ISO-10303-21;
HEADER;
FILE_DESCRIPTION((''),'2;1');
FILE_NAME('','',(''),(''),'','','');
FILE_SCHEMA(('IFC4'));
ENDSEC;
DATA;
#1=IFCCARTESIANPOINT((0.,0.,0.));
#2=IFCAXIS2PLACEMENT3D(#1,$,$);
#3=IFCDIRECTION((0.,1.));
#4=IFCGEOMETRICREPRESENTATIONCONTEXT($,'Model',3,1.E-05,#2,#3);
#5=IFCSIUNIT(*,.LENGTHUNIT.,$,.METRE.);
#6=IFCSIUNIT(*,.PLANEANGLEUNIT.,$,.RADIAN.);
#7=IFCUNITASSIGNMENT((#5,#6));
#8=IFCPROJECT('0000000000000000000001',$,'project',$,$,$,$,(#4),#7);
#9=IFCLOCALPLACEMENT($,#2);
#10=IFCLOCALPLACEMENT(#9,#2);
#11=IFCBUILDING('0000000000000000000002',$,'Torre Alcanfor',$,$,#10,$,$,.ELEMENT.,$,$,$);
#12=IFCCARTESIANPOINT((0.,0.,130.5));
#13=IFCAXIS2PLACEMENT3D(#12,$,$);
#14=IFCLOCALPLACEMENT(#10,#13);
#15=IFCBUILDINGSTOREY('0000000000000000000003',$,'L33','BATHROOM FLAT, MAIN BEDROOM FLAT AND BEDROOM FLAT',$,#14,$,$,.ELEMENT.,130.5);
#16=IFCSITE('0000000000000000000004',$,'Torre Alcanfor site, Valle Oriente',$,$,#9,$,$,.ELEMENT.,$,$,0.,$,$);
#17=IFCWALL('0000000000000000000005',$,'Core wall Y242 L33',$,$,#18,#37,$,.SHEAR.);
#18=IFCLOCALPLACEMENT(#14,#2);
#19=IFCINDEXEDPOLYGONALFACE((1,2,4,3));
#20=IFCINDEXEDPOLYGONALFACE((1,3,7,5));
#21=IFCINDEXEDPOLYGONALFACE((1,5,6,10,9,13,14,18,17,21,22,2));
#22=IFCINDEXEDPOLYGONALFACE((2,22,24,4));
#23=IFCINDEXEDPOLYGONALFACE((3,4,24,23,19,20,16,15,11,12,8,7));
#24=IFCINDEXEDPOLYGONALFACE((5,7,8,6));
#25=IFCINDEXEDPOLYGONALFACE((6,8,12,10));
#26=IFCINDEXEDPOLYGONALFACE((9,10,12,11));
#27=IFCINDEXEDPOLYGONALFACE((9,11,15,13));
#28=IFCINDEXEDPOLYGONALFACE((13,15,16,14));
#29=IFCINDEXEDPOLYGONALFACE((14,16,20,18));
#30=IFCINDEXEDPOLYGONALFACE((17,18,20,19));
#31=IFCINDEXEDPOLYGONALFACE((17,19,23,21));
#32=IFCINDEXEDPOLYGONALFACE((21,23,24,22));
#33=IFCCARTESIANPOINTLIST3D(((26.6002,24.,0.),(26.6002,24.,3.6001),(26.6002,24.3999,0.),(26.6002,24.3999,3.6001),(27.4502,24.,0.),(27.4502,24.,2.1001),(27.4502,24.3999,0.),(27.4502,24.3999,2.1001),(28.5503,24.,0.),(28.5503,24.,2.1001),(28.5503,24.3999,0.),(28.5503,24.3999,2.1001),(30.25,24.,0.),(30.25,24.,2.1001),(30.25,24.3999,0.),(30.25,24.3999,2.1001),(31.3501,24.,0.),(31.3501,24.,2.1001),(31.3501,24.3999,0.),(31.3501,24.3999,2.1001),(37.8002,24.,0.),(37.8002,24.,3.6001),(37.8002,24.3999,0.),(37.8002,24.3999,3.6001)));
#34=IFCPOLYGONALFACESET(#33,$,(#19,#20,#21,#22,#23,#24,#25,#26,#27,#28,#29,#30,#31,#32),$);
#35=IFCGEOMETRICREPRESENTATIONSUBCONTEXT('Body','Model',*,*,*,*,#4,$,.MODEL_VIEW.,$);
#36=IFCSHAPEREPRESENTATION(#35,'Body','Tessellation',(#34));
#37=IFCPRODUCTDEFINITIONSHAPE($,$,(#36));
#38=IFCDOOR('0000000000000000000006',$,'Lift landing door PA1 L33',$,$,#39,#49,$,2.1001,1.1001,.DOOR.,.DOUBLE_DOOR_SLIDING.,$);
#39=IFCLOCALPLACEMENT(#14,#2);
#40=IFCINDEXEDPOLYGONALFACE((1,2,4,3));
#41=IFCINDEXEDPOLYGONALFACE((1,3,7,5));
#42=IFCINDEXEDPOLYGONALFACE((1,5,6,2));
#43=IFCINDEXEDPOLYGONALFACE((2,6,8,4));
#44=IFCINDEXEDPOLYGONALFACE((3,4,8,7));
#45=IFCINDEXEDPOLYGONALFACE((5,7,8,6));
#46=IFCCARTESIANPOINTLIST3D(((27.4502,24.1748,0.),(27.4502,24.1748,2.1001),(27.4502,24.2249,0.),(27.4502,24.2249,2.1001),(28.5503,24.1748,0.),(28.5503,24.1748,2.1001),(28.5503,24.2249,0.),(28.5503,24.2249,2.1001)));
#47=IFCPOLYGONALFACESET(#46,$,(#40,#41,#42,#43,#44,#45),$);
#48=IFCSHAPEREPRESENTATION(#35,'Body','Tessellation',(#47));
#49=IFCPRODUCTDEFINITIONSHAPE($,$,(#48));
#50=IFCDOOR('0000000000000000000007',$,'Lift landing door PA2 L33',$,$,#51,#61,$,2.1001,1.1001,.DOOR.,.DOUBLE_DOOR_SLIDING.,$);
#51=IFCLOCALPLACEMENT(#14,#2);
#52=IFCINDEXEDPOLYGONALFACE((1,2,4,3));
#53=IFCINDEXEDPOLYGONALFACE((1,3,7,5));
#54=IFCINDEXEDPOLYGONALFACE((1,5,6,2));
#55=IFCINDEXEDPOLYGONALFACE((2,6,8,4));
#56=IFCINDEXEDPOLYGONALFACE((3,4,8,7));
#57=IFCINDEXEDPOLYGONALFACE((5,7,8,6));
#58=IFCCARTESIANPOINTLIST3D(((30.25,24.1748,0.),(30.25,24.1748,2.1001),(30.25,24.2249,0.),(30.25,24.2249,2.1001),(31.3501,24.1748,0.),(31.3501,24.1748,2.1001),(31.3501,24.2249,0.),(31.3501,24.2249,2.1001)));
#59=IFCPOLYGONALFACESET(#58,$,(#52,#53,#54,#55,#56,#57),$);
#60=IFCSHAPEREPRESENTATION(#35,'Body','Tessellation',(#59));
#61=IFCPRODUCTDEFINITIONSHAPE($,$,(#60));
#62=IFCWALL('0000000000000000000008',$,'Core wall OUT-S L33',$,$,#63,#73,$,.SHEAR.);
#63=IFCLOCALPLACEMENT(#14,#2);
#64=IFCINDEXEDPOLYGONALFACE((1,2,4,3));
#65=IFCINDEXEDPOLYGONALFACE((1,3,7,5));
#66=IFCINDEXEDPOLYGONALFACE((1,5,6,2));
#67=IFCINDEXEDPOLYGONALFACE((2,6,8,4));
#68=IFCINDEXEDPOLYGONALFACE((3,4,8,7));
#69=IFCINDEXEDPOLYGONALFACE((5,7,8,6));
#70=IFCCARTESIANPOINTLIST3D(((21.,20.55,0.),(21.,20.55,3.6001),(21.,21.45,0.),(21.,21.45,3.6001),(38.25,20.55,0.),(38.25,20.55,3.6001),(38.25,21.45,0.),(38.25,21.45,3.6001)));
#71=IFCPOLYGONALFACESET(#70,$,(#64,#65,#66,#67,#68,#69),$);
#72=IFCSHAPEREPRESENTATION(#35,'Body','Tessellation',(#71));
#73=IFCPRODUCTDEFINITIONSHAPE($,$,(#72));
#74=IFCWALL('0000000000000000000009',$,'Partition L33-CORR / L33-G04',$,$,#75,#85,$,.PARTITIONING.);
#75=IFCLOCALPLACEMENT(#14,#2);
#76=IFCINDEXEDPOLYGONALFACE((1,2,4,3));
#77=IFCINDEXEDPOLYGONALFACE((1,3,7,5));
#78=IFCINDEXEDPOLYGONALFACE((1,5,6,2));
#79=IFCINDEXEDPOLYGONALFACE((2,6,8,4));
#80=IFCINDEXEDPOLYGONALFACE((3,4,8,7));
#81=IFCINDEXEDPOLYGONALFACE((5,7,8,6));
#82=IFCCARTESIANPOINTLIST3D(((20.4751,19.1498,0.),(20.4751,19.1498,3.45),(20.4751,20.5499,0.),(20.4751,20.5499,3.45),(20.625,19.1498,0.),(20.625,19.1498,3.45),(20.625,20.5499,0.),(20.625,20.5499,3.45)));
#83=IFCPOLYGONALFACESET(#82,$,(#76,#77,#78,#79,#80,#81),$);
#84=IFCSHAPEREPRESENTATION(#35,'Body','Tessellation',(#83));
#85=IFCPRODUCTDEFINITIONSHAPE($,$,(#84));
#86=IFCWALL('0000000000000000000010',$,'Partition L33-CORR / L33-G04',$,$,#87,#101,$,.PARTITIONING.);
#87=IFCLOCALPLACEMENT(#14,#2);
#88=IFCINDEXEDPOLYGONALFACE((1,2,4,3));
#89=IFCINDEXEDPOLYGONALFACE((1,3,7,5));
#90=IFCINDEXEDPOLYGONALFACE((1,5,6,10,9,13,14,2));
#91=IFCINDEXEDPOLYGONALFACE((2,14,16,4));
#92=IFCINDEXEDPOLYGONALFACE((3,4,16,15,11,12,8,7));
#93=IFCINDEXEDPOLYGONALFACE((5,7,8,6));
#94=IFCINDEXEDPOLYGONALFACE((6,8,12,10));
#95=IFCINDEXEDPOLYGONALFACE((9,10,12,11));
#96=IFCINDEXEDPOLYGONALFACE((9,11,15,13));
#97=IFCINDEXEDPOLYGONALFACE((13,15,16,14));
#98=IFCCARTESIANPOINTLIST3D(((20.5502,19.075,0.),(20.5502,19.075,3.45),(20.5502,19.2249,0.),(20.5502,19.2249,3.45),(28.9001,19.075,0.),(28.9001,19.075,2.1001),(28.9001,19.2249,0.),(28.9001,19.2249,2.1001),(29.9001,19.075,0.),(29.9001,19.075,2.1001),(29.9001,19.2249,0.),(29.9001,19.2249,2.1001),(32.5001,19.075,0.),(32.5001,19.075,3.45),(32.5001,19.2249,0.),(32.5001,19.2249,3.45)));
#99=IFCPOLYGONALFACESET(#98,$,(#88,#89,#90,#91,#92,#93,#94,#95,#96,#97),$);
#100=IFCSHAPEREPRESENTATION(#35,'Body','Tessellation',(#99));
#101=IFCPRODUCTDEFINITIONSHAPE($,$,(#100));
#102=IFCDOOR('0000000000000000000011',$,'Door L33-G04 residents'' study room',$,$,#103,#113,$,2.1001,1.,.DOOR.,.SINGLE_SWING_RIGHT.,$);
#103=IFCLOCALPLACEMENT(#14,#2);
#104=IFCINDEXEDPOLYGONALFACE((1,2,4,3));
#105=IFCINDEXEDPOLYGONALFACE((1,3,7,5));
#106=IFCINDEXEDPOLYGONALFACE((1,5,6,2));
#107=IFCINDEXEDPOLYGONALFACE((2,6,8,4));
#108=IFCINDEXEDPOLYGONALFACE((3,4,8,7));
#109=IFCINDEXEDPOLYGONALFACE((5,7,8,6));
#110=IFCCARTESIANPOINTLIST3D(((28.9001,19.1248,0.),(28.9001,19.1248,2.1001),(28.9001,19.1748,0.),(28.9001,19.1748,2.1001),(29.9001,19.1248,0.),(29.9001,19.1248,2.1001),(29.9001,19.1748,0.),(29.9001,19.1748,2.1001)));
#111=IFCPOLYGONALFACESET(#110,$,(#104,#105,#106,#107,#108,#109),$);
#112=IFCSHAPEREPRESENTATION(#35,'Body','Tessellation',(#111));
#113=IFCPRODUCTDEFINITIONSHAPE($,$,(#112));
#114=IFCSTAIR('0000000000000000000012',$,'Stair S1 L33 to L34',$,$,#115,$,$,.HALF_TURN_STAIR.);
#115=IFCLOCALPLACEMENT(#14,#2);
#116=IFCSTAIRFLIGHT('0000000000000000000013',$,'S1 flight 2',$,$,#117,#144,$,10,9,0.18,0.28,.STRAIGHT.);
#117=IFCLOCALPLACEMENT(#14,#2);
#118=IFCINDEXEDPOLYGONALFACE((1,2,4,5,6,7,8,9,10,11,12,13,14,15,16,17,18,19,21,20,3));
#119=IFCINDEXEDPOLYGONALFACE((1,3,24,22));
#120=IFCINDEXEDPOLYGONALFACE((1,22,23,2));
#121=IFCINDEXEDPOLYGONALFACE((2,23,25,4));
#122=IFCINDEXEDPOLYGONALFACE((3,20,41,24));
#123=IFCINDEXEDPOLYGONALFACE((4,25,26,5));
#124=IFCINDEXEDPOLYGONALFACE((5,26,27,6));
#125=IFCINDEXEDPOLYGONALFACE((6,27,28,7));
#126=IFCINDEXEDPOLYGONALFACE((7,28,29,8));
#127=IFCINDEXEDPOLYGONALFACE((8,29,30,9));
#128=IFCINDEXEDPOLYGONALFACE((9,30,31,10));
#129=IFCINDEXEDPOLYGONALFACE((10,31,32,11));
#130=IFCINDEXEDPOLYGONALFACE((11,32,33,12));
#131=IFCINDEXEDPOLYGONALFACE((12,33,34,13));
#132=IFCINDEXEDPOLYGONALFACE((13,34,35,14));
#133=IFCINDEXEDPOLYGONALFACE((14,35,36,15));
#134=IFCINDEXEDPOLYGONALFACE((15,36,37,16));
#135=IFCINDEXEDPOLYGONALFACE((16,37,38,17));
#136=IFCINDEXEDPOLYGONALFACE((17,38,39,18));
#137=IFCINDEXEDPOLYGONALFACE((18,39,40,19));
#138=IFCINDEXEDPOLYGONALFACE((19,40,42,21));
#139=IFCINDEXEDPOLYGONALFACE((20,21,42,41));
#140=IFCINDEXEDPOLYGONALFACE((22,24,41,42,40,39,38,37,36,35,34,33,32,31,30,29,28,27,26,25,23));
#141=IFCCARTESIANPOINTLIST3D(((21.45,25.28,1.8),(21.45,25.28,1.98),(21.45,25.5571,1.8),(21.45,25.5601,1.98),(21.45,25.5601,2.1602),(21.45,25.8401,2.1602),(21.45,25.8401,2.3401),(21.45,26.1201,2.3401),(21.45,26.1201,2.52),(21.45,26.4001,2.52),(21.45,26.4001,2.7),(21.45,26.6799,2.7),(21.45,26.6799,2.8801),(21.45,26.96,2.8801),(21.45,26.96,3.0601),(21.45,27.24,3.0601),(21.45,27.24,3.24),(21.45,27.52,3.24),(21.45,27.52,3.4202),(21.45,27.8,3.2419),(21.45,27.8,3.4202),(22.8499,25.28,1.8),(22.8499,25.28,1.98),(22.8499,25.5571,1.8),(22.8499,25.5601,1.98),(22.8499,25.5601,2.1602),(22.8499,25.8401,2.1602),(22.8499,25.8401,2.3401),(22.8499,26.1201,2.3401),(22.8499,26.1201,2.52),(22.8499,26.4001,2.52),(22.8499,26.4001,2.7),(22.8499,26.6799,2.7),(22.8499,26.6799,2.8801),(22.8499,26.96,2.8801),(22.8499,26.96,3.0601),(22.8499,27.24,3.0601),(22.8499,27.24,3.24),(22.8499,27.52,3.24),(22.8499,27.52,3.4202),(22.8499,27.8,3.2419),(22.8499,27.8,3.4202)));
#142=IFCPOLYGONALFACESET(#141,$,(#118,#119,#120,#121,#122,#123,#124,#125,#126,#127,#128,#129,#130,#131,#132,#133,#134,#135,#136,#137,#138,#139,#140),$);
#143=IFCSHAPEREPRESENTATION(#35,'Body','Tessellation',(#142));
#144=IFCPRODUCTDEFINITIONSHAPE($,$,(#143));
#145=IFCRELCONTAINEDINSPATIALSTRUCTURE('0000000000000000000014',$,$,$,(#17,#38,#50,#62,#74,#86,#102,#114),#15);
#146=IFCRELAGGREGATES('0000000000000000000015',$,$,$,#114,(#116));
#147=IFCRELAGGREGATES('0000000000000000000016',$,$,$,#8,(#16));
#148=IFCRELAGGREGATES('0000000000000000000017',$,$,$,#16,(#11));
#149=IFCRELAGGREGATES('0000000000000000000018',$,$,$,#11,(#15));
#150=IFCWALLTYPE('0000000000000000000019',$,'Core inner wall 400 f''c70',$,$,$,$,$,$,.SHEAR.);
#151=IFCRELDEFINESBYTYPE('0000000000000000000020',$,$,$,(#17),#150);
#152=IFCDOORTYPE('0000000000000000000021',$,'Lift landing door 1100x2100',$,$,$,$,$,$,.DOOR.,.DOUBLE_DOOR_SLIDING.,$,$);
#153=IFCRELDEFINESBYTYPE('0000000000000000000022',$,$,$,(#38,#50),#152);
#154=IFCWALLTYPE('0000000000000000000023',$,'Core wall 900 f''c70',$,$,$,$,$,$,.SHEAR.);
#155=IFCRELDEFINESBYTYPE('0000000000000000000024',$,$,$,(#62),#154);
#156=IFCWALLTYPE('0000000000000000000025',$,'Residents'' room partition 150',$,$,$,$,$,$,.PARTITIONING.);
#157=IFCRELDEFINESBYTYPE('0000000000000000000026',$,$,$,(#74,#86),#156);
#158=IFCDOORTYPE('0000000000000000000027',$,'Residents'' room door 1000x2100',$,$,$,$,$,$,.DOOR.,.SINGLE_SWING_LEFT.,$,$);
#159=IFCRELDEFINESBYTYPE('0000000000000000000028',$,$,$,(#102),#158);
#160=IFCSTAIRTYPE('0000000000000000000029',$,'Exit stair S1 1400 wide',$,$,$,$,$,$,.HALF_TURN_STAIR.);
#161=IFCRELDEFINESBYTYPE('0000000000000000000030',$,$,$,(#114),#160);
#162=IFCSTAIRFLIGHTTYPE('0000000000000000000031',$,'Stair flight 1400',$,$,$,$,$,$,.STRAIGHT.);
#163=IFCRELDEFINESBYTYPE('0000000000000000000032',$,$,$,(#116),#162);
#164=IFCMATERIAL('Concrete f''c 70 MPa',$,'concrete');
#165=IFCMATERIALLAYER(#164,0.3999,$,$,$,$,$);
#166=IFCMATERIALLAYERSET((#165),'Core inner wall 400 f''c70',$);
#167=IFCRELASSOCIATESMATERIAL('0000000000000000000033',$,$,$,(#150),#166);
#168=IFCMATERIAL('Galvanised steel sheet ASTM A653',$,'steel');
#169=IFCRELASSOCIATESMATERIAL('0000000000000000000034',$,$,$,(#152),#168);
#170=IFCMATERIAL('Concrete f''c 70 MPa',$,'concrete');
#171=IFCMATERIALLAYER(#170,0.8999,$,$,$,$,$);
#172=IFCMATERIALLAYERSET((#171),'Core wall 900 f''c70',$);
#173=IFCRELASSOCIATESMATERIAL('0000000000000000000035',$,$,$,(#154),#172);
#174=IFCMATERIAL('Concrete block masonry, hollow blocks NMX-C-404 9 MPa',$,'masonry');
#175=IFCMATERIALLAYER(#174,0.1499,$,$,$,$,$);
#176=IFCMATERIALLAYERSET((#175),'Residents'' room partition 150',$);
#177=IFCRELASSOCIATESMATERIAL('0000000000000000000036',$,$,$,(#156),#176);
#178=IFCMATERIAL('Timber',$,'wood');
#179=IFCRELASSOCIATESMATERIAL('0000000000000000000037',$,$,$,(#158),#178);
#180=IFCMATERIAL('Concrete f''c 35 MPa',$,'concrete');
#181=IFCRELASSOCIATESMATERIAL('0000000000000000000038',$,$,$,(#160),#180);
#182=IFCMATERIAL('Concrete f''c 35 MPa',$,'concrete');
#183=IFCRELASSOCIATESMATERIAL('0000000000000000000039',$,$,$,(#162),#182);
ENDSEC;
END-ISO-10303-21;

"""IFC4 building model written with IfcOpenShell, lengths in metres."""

from ifc_helpers import new_model, si_unit, direction, frame, frame_2d, origin, place, context, subcontext, project, spatial, polyline, rectangle, outline, extrude, material, layer, layer_set, type_object, element, fill, aggregate, save


model = new_model("IFC4")

# Units and contexts
model_context = context("Model", 3, precision=1e-05, world=origin(), true_north=direction((0.0, 1.0)))
body_context = subcontext(model_context, "Body", "Model", "MODEL_VIEW")
ifc_project = project(units=[si_unit("LENGTHUNIT", "METRE"), si_unit("PLANEANGLEUNIT", "RADIAN")], contexts=[model_context])

# Site, building, storey
site_placement = place(None, origin())
site = spatial("IfcSite", under=ifc_project, at=site_placement, Name="Torre Alcanfor site, Valle Oriente", CompositionType="ELEMENT", RefElevation=0.0)
building_placement = place(site_placement, origin())
building = spatial("IfcBuilding", under=site, at=building_placement, Name="Torre Alcanfor", CompositionType="ELEMENT")
storey_placement = place(building_placement, frame((0.0, 0.0, 130.5)))
storey = spatial("IfcBuildingStorey", under=building, at=storey_placement, Name="L33", Description="BATHROOM FLAT, MAIN BEDROOM FLAT AND BEDROOM FLAT", CompositionType="ELEMENT", Elevation=130.5)

# Shared definitions
ifc_material_1 = material(Name="Concrete f'c 70 MPa", Category="concrete")
ifc_layer_1 = layer(ifc_material_1, 0.3999)
ifc_layer_set_1 = layer_set([ifc_layer_1], Name="Core inner wall 400 f'c70")
wall_type_1 = type_object("IfcWallType", Name="Core inner wall 400 f'c70", PredefinedType="SHEAR", material=ifc_layer_set_1)

# Wall, openings, doors
wall_1_placement = place(storey_placement, frame((26.6001, 24.2, 0.0), z_axis=(0.0, 0.0, 1.0), x_axis=(1.0, 0.0, 0.0)))
wall_1 = element("IfcWall", 1, at=wall_1_placement, inside=storey, type_object=wall_type_1, Name="Core wall Y242 L33", PredefinedType="SHEAR", context=body_context, shape_type="SweptSolid", body=[
    extrude(rectangle(XDim=11.2, YDim=0.3999, at=frame_2d((5.6001, 0.0))), origin(), (0.0, 0.0, 1.0), 3.6001),
])
opening_1_placement = place(wall_1_placement, frame((0.8501, 0.0, 0.0)))
opening_1 = element("IfcOpeningElement", 2, at=opening_1_placement, cuts=wall_1, PredefinedType="OPENING", context=body_context, shape_type="SweptSolid", body=[
    extrude(rectangle(XDim=1.1001, YDim=2.1001, at=frame_2d((0.55, 1.05))), frame((0.0, 0.21, 0.0), z_axis=(0.0, -1.0, 0.0), x_axis=(1.0, 0.0, 0.0)), (0.0, 0.0, 1.0), 0.4199),
])
opening_2_placement = place(wall_1_placement, frame((3.6499, 0.0, 0.0)))
opening_2 = element("IfcOpeningElement", 3, at=opening_2_placement, cuts=wall_1, PredefinedType="OPENING", context=body_context, shape_type="SweptSolid", body=[
    extrude(rectangle(XDim=1.1001, YDim=2.1001, at=frame_2d((0.55, 1.05))), frame((0.0, 0.21, 0.0), z_axis=(0.0, -1.0, 0.0), x_axis=(1.0, 0.0, 0.0)), (0.0, 0.0, 1.0), 0.4199),
])
ifc_material_2 = material(Name="Galvanised steel sheet ASTM A653", Category="steel")
door_type_1 = type_object("IfcDoorType", Name="Lift landing door 1100x2100", OperationType="DOUBLE_DOOR_SLIDING", PredefinedType="DOOR", material=ifc_material_2)
door_1_placement = place(opening_1_placement, origin())
door_1 = element("IfcDoor", 4, at=door_1_placement, inside=storey, type_object=door_type_1, Name="Lift landing door PA1 L33", OperationType="DOUBLE_DOOR_SLIDING", OverallHeight=2.1001, OverallWidth=1.1001, PredefinedType="DOOR", context=body_context, shape_type="SweptSolid", body=[
    extrude(rectangle(XDim=1.1001, YDim=2.1001, at=frame_2d((0.55, 1.05))), frame((0.0, 0.0249, 0.0), z_axis=(0.0, -1.0, 0.0), x_axis=(1.0, 0.0, 0.0)), (0.0, 0.0, 1.0), 0.05),
])
fill(opening_1, door_1)
door_2_placement = place(opening_2_placement, origin())
door_2 = element("IfcDoor", 5, at=door_2_placement, inside=storey, type_object=door_type_1, Name="Lift landing door PA2 L33", OperationType="DOUBLE_DOOR_SLIDING", OverallHeight=2.1001, OverallWidth=1.1001, PredefinedType="DOOR", context=body_context, shape_type="SweptSolid", body=[
    extrude(rectangle(XDim=1.1001, YDim=2.1001, at=frame_2d((0.55, 1.05))), frame((0.0, 0.0249, 0.0), z_axis=(0.0, -1.0, 0.0), x_axis=(1.0, 0.0, 0.0)), (0.0, 0.0, 1.0), 0.05),
])
fill(opening_2, door_2)

# Walls
ifc_material_3 = material(Name="Concrete f'c 70 MPa", Category="concrete")
ifc_layer_2 = layer(ifc_material_3, 0.8999)
ifc_layer_set_2 = layer_set([ifc_layer_2], Name="Core wall 900 f'c70")
wall_type_2 = type_object("IfcWallType", Name="Core wall 900 f'c70", PredefinedType="SHEAR", material=ifc_layer_set_2)
wall_2_placement = place(storey_placement, frame((21.0, 21.0, 0.0), z_axis=(0.0, 0.0, 1.0), x_axis=(1.0, 0.0, 0.0)))
element("IfcWall", 6, at=wall_2_placement, inside=storey, type_object=wall_type_2, Name="Core wall OUT-S L33", PredefinedType="SHEAR", context=body_context, shape_type="SweptSolid", body=[
    extrude(rectangle(XDim=17.25, YDim=0.8999, at=frame_2d((8.625, 0.0))), origin(), (0.0, 0.0, 1.0), 3.6001),
])
ifc_material_4 = material(Name="Concrete block masonry, hollow blocks NMX-C-404 9 MPa", Category="masonry")
ifc_layer_3 = layer(ifc_material_4, 0.1499)
ifc_layer_set_3 = layer_set([ifc_layer_3], Name="Residents' room partition 150")
wall_type_3 = type_object("IfcWallType", Name="Residents' room partition 150", PredefinedType="PARTITIONING", material=ifc_layer_set_3)
wall_3_placement = place(storey_placement, frame((20.55, 20.55, 0.0), z_axis=(0.0, 0.0, 1.0), x_axis=(0.0, -1.0, 0.0)))
element("IfcWall", 7, at=wall_3_placement, inside=storey, type_object=wall_type_3, Name="Partition L33-CORR / L33-G04", PredefinedType="PARTITIONING", context=body_context, shape_type="SweptSolid", body=[
    extrude(rectangle(XDim=1.4001, YDim=0.1499, at=frame_2d((0.7002, 0.0))), origin(), (0.0, 0.0, 1.0), 3.45),
])

# Wall, opening, door
wall_4_placement = place(storey_placement, frame((20.55, 19.1499, 0.0), z_axis=(0.0, 0.0, 1.0), x_axis=(1.0, 0.0, 0.0)))
wall_4 = element("IfcWall", 8, at=wall_4_placement, inside=storey, type_object=wall_type_3, Name="Partition L33-CORR / L33-G04", PredefinedType="PARTITIONING", context=body_context, shape_type="SweptSolid", body=[
    extrude(rectangle(XDim=11.95, YDim=0.1499, at=frame_2d((5.9751, 0.0))), origin(), (0.0, 0.0, 1.0), 3.45),
])
opening_3_placement = place(wall_4_placement, frame((8.3501, 0.0, 0.0)))
opening_3 = element("IfcOpeningElement", 9, at=opening_3_placement, cuts=wall_4, PredefinedType="OPENING", context=body_context, shape_type="SweptSolid", body=[
    extrude(rectangle(XDim=1.0, YDim=2.1001, at=frame_2d((0.5, 1.05))), frame((0.0, 0.085, 0.0), z_axis=(0.0, -1.0, 0.0), x_axis=(1.0, 0.0, 0.0)), (0.0, 0.0, 1.0), 0.1699),
])
ifc_material_5 = material(Name="Timber", Category="wood")
door_type_2 = type_object("IfcDoorType", Name="Residents' room door 1000x2100", OperationType="SINGLE_SWING_LEFT", PredefinedType="DOOR", material=ifc_material_5)
door_3_placement = place(opening_3_placement, origin())
door_3 = element("IfcDoor", 10, at=door_3_placement, inside=storey, type_object=door_type_2, Name="Door L33-G04 residents' study room", OperationType="SINGLE_SWING_RIGHT", OverallHeight=2.1001, OverallWidth=1.0, PredefinedType="DOOR", context=body_context, shape_type="SweptSolid", body=[
    extrude(rectangle(XDim=1.0, YDim=2.1001, at=frame_2d((0.5, 1.05))), frame((0.0, 0.0249, 0.0), z_axis=(0.0, -1.0, 0.0), x_axis=(1.0, 0.0, 0.0)), (0.0, 0.0, 1.0), 0.05),
])
fill(opening_3, door_3)

# Stair, stair flight
ifc_material_6 = material(Name="Concrete f'c 35 MPa", Category="concrete")
stair_type = type_object("IfcStairType", Name="Exit stair S1 1400 wide", PredefinedType="HALF_TURN_STAIR", material=ifc_material_6)
stair_placement = place(storey_placement, origin())
stair = element("IfcStair", 11, at=stair_placement, inside=storey, type_object=stair_type, Name="Stair S1 L33 to L34", PredefinedType="HALF_TURN_STAIR")
ifc_material_7 = material(Name="Concrete f'c 35 MPa", Category="concrete")
stair_flight_type = type_object("IfcStairFlightType", Name="Stair flight 1400", PredefinedType="STRAIGHT", material=ifc_material_7)
stair_flight_placement = place(storey_placement, frame((22.1499, 25.28, 1.8), z_axis=(0.0, 0.0, 1.0), x_axis=(0.0, 1.0, 0.0)))
stair_flight = element("IfcStairFlight", 12, at=stair_flight_placement, type_object=stair_flight_type, Name="S1 flight 2", NumberOfRisers=10, NumberOfTreads=9, PredefinedType="STRAIGHT", RiserHeight=0.18, TreadLength=0.28, context=body_context, shape_type="SweptSolid", body=[
    extrude(outline(polyline([(0.0, 0.0), (0.0, 0.1799), (0.28, 0.1799), (0.28, 0.3601), (0.5601, 0.3601), (0.5601, 0.54), (0.8401, 0.54), (0.8401, 0.72), (1.1201, 0.72), (1.1201, 0.8999), (1.3999, 0.8999), (1.3999, 1.0801), (1.6799, 1.0801), (1.6799, 1.26), (1.96, 1.26), (1.96, 1.4399), (2.24, 1.4399), (2.24, 1.6201), (2.52, 1.6201), (2.52, 1.8), (2.52, 1.4419), (0.2771, 0.0), (0.0, 0.0)])), frame((0.0, 0.7, 0.0), z_axis=(0.0, -1.0, 0.0), x_axis=(1.0, 0.0, 0.0)), (0.0, 0.0, 1.0), 1.3999),
])
aggregate(stair, [stair_flight])

save(model, "model.ifc")
